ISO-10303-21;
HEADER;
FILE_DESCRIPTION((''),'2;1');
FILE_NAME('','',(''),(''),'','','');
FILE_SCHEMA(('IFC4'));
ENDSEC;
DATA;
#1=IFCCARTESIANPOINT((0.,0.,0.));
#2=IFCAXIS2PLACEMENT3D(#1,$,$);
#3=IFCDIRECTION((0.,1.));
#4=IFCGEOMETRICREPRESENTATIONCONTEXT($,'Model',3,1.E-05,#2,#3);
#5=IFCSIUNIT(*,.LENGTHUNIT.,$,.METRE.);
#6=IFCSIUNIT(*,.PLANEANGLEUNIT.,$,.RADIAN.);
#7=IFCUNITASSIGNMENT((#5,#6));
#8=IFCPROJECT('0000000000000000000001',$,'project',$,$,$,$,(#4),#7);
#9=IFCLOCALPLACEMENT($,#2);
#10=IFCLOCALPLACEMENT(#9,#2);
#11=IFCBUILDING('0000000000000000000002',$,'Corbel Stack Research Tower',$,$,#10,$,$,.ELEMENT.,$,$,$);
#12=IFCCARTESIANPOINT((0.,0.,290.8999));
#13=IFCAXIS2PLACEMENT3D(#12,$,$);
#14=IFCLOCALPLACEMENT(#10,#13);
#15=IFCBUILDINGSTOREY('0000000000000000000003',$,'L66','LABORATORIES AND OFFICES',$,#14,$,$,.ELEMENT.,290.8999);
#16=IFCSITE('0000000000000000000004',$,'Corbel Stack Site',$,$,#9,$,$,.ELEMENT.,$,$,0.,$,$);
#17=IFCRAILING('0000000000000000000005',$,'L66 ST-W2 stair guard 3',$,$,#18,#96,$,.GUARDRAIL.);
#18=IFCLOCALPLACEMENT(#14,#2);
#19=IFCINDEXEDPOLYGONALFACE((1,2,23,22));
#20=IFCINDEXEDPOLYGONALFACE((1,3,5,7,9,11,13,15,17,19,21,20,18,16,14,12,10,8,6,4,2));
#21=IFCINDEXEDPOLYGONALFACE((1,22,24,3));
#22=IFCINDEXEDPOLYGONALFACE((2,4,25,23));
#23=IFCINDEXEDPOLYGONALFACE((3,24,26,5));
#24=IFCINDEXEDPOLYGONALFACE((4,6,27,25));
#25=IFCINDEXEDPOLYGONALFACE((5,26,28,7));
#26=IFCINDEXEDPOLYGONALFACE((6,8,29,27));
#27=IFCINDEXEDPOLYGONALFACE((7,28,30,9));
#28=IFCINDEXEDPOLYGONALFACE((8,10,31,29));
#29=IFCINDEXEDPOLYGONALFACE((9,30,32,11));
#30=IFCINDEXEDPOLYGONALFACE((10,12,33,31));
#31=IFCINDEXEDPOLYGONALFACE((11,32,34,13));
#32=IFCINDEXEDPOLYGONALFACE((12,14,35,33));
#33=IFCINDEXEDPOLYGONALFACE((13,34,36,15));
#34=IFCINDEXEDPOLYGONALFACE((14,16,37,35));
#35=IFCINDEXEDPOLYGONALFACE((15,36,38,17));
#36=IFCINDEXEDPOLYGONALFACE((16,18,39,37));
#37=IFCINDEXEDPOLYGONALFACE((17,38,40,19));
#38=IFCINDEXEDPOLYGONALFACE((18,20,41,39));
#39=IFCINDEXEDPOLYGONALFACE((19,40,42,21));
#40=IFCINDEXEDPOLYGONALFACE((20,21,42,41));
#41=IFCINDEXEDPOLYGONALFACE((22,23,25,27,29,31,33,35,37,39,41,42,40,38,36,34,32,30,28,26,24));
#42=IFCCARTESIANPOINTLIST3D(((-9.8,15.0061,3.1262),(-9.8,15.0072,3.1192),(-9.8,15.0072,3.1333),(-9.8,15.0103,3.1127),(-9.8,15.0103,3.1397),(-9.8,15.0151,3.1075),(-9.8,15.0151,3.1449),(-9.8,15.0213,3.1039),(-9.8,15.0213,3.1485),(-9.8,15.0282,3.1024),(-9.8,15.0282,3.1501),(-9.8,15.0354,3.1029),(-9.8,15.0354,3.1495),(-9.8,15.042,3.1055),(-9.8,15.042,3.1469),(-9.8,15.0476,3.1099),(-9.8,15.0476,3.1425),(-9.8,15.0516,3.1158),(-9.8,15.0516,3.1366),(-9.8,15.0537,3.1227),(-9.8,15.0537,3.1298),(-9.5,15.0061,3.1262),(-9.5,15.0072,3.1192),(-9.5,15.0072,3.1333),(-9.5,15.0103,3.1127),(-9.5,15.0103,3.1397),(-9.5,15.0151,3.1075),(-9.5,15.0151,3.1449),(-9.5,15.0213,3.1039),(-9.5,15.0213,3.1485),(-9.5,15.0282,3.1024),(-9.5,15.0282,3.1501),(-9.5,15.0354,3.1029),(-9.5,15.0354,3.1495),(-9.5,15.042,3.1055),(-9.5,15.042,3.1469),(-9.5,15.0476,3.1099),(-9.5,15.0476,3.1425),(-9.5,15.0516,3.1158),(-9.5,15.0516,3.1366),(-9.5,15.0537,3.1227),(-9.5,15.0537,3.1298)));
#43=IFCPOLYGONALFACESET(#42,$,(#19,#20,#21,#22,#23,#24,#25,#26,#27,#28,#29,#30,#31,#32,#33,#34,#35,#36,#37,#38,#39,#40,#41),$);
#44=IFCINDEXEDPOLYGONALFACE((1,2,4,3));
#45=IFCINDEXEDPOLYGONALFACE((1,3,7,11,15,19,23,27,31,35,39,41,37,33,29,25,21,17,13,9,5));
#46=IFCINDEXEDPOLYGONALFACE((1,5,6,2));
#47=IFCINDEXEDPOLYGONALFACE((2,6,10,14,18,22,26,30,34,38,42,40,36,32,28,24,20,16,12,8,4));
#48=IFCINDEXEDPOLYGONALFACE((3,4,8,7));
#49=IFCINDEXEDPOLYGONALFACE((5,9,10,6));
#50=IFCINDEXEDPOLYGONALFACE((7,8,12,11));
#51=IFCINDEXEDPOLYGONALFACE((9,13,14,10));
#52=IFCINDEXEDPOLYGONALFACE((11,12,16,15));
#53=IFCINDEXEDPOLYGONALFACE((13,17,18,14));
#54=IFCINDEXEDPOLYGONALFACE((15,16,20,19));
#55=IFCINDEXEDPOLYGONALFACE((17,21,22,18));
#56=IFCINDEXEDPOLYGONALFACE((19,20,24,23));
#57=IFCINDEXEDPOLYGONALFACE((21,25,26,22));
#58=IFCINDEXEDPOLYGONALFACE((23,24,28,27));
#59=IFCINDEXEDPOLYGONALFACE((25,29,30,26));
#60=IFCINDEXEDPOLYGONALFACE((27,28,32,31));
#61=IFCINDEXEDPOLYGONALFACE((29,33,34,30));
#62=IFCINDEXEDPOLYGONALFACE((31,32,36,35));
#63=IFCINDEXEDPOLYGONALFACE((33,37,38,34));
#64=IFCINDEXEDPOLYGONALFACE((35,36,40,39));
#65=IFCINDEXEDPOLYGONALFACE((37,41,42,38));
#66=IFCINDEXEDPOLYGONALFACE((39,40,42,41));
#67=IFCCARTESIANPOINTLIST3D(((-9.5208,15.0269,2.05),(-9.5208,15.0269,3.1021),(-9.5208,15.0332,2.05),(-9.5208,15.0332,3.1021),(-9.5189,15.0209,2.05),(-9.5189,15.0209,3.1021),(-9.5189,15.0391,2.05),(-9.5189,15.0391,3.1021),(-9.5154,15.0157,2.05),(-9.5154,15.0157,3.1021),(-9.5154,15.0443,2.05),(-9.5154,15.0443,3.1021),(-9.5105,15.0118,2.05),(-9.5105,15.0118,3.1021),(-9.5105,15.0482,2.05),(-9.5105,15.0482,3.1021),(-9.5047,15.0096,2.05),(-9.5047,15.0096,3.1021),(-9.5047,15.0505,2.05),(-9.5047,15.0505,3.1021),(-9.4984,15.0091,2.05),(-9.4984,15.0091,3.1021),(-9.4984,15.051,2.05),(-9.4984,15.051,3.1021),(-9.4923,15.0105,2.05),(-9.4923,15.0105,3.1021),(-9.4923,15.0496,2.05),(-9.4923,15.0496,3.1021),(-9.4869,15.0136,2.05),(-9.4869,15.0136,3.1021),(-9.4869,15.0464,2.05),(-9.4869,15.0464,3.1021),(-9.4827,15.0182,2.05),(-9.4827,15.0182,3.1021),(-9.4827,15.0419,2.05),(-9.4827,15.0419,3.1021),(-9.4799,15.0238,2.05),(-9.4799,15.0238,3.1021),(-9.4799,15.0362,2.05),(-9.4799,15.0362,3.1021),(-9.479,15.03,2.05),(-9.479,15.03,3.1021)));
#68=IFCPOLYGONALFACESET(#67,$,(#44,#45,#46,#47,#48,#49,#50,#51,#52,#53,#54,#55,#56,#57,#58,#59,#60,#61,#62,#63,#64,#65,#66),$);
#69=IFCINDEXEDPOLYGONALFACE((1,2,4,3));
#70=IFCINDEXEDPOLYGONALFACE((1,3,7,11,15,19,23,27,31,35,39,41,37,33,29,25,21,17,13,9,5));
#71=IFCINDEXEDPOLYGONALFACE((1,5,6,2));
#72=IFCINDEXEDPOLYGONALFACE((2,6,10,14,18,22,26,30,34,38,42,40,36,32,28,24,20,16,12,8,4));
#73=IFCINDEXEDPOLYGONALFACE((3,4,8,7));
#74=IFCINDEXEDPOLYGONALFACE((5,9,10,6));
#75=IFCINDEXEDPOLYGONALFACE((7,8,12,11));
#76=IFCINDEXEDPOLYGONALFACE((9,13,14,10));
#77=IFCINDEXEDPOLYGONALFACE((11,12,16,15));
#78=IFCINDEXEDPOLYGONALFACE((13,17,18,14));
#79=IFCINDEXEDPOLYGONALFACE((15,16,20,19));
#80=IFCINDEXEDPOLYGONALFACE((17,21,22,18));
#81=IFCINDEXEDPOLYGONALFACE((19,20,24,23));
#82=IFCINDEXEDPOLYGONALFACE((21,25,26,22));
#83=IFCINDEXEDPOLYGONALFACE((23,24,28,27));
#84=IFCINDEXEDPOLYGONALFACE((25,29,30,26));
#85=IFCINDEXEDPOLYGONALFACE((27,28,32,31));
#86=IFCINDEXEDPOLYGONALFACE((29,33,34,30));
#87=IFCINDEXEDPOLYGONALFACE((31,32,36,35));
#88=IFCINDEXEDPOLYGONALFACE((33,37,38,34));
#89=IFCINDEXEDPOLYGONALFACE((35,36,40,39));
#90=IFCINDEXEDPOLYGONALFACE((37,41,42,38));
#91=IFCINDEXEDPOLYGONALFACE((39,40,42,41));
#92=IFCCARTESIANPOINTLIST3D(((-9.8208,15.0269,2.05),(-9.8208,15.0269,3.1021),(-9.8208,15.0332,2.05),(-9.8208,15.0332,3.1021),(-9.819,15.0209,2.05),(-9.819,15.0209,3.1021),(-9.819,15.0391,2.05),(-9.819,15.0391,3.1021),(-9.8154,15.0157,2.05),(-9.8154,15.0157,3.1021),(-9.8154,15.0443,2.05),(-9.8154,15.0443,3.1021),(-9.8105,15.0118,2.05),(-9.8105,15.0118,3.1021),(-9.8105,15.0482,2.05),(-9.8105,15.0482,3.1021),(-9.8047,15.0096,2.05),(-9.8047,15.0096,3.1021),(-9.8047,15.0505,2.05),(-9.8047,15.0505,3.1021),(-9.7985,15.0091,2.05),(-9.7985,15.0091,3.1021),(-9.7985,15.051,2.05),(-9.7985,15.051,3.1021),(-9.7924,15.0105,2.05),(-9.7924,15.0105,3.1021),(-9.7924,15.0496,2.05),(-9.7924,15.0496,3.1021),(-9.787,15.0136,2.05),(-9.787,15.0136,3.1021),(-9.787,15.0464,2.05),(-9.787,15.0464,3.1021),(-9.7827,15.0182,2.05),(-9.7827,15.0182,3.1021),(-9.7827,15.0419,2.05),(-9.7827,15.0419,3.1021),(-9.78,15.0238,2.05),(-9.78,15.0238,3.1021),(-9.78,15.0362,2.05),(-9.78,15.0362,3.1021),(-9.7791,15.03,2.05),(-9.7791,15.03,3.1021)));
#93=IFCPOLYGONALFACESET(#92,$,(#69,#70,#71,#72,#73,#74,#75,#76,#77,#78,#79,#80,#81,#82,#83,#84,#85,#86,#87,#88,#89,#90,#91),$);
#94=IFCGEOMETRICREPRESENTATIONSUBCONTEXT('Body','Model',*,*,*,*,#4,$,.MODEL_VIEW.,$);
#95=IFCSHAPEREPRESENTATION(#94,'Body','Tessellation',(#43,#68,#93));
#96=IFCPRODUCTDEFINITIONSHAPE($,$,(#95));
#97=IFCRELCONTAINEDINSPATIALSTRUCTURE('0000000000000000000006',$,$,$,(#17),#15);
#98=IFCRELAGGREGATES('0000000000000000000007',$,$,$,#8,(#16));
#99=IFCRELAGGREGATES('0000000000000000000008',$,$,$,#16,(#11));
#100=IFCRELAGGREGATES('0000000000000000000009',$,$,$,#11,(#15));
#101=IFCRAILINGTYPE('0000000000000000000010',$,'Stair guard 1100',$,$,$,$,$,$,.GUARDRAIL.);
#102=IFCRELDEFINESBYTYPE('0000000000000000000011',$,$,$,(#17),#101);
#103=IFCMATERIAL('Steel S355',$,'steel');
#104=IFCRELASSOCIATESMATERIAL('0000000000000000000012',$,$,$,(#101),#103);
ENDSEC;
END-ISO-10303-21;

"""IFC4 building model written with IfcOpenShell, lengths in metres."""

from ifc_helpers import new_model, si_unit, direction, frame, origin, origin_2d, place, context, subcontext, project, spatial, circle, extrude, material, type_object, element, save


model = new_model("IFC4")

# Units and contexts
model_context = context("Model", 3, precision=1e-05, world=origin(), true_north=direction((0.0, 1.0)))
body_context = subcontext(model_context, "Body", "Model", "MODEL_VIEW")
ifc_project = project(units=[si_unit("LENGTHUNIT", "METRE"), si_unit("PLANEANGLEUNIT", "RADIAN")], contexts=[model_context])

# Site, building, storey
site_placement = place(None, origin())
site = spatial("IfcSite", under=ifc_project, at=site_placement, Name="Corbel Stack Site", CompositionType="ELEMENT", RefElevation=0.0)
building_placement = place(site_placement, origin())
building = spatial("IfcBuilding", under=site, at=building_placement, Name="Corbel Stack Research Tower", CompositionType="ELEMENT")
storey_placement = place(building_placement, frame((0.0, 0.0, 290.8999)))
storey = spatial("IfcBuildingStorey", under=building, at=storey_placement, Name="L66", Description="LABORATORIES AND OFFICES", CompositionType="ELEMENT", Elevation=290.8999)

# Railing
ifc_material_1 = material(Name="Steel S355", Category="steel")
railing_type = type_object("IfcRailingType", Name="Stair guard 1100", PredefinedType="GUARDRAIL", material=ifc_material_1)
railing_1_placement = place(storey_placement, frame((-9.5, 15.03, 2.05)))
element("IfcRailing", 1, at=railing_1_placement, inside=storey, type_object=railing_type, Name="L66 ST-W2 stair guard 3", PredefinedType="GUARDRAIL", context=body_context, shape_type="SweptSolid", body=[
    extrude(circle(Radius=0.0239, at=origin_2d()), frame((0.0, 0.0, 1.0762), z_axis=(-1.0, 0.0, 0.0), x_axis=(0.0, -1.0, 0.0)), (0.0, 0.0, 1.0), 0.3),
    extrude(circle(Radius=0.021, at=origin_2d()), origin(), (0.0, 0.0, 1.0), 1.052),
    extrude(circle(Radius=0.021, at=origin_2d()), frame((-0.3, 0.0, 0.0)), (0.0, 0.0, 1.0), 1.052),
])

save(model, "model.ifc")
